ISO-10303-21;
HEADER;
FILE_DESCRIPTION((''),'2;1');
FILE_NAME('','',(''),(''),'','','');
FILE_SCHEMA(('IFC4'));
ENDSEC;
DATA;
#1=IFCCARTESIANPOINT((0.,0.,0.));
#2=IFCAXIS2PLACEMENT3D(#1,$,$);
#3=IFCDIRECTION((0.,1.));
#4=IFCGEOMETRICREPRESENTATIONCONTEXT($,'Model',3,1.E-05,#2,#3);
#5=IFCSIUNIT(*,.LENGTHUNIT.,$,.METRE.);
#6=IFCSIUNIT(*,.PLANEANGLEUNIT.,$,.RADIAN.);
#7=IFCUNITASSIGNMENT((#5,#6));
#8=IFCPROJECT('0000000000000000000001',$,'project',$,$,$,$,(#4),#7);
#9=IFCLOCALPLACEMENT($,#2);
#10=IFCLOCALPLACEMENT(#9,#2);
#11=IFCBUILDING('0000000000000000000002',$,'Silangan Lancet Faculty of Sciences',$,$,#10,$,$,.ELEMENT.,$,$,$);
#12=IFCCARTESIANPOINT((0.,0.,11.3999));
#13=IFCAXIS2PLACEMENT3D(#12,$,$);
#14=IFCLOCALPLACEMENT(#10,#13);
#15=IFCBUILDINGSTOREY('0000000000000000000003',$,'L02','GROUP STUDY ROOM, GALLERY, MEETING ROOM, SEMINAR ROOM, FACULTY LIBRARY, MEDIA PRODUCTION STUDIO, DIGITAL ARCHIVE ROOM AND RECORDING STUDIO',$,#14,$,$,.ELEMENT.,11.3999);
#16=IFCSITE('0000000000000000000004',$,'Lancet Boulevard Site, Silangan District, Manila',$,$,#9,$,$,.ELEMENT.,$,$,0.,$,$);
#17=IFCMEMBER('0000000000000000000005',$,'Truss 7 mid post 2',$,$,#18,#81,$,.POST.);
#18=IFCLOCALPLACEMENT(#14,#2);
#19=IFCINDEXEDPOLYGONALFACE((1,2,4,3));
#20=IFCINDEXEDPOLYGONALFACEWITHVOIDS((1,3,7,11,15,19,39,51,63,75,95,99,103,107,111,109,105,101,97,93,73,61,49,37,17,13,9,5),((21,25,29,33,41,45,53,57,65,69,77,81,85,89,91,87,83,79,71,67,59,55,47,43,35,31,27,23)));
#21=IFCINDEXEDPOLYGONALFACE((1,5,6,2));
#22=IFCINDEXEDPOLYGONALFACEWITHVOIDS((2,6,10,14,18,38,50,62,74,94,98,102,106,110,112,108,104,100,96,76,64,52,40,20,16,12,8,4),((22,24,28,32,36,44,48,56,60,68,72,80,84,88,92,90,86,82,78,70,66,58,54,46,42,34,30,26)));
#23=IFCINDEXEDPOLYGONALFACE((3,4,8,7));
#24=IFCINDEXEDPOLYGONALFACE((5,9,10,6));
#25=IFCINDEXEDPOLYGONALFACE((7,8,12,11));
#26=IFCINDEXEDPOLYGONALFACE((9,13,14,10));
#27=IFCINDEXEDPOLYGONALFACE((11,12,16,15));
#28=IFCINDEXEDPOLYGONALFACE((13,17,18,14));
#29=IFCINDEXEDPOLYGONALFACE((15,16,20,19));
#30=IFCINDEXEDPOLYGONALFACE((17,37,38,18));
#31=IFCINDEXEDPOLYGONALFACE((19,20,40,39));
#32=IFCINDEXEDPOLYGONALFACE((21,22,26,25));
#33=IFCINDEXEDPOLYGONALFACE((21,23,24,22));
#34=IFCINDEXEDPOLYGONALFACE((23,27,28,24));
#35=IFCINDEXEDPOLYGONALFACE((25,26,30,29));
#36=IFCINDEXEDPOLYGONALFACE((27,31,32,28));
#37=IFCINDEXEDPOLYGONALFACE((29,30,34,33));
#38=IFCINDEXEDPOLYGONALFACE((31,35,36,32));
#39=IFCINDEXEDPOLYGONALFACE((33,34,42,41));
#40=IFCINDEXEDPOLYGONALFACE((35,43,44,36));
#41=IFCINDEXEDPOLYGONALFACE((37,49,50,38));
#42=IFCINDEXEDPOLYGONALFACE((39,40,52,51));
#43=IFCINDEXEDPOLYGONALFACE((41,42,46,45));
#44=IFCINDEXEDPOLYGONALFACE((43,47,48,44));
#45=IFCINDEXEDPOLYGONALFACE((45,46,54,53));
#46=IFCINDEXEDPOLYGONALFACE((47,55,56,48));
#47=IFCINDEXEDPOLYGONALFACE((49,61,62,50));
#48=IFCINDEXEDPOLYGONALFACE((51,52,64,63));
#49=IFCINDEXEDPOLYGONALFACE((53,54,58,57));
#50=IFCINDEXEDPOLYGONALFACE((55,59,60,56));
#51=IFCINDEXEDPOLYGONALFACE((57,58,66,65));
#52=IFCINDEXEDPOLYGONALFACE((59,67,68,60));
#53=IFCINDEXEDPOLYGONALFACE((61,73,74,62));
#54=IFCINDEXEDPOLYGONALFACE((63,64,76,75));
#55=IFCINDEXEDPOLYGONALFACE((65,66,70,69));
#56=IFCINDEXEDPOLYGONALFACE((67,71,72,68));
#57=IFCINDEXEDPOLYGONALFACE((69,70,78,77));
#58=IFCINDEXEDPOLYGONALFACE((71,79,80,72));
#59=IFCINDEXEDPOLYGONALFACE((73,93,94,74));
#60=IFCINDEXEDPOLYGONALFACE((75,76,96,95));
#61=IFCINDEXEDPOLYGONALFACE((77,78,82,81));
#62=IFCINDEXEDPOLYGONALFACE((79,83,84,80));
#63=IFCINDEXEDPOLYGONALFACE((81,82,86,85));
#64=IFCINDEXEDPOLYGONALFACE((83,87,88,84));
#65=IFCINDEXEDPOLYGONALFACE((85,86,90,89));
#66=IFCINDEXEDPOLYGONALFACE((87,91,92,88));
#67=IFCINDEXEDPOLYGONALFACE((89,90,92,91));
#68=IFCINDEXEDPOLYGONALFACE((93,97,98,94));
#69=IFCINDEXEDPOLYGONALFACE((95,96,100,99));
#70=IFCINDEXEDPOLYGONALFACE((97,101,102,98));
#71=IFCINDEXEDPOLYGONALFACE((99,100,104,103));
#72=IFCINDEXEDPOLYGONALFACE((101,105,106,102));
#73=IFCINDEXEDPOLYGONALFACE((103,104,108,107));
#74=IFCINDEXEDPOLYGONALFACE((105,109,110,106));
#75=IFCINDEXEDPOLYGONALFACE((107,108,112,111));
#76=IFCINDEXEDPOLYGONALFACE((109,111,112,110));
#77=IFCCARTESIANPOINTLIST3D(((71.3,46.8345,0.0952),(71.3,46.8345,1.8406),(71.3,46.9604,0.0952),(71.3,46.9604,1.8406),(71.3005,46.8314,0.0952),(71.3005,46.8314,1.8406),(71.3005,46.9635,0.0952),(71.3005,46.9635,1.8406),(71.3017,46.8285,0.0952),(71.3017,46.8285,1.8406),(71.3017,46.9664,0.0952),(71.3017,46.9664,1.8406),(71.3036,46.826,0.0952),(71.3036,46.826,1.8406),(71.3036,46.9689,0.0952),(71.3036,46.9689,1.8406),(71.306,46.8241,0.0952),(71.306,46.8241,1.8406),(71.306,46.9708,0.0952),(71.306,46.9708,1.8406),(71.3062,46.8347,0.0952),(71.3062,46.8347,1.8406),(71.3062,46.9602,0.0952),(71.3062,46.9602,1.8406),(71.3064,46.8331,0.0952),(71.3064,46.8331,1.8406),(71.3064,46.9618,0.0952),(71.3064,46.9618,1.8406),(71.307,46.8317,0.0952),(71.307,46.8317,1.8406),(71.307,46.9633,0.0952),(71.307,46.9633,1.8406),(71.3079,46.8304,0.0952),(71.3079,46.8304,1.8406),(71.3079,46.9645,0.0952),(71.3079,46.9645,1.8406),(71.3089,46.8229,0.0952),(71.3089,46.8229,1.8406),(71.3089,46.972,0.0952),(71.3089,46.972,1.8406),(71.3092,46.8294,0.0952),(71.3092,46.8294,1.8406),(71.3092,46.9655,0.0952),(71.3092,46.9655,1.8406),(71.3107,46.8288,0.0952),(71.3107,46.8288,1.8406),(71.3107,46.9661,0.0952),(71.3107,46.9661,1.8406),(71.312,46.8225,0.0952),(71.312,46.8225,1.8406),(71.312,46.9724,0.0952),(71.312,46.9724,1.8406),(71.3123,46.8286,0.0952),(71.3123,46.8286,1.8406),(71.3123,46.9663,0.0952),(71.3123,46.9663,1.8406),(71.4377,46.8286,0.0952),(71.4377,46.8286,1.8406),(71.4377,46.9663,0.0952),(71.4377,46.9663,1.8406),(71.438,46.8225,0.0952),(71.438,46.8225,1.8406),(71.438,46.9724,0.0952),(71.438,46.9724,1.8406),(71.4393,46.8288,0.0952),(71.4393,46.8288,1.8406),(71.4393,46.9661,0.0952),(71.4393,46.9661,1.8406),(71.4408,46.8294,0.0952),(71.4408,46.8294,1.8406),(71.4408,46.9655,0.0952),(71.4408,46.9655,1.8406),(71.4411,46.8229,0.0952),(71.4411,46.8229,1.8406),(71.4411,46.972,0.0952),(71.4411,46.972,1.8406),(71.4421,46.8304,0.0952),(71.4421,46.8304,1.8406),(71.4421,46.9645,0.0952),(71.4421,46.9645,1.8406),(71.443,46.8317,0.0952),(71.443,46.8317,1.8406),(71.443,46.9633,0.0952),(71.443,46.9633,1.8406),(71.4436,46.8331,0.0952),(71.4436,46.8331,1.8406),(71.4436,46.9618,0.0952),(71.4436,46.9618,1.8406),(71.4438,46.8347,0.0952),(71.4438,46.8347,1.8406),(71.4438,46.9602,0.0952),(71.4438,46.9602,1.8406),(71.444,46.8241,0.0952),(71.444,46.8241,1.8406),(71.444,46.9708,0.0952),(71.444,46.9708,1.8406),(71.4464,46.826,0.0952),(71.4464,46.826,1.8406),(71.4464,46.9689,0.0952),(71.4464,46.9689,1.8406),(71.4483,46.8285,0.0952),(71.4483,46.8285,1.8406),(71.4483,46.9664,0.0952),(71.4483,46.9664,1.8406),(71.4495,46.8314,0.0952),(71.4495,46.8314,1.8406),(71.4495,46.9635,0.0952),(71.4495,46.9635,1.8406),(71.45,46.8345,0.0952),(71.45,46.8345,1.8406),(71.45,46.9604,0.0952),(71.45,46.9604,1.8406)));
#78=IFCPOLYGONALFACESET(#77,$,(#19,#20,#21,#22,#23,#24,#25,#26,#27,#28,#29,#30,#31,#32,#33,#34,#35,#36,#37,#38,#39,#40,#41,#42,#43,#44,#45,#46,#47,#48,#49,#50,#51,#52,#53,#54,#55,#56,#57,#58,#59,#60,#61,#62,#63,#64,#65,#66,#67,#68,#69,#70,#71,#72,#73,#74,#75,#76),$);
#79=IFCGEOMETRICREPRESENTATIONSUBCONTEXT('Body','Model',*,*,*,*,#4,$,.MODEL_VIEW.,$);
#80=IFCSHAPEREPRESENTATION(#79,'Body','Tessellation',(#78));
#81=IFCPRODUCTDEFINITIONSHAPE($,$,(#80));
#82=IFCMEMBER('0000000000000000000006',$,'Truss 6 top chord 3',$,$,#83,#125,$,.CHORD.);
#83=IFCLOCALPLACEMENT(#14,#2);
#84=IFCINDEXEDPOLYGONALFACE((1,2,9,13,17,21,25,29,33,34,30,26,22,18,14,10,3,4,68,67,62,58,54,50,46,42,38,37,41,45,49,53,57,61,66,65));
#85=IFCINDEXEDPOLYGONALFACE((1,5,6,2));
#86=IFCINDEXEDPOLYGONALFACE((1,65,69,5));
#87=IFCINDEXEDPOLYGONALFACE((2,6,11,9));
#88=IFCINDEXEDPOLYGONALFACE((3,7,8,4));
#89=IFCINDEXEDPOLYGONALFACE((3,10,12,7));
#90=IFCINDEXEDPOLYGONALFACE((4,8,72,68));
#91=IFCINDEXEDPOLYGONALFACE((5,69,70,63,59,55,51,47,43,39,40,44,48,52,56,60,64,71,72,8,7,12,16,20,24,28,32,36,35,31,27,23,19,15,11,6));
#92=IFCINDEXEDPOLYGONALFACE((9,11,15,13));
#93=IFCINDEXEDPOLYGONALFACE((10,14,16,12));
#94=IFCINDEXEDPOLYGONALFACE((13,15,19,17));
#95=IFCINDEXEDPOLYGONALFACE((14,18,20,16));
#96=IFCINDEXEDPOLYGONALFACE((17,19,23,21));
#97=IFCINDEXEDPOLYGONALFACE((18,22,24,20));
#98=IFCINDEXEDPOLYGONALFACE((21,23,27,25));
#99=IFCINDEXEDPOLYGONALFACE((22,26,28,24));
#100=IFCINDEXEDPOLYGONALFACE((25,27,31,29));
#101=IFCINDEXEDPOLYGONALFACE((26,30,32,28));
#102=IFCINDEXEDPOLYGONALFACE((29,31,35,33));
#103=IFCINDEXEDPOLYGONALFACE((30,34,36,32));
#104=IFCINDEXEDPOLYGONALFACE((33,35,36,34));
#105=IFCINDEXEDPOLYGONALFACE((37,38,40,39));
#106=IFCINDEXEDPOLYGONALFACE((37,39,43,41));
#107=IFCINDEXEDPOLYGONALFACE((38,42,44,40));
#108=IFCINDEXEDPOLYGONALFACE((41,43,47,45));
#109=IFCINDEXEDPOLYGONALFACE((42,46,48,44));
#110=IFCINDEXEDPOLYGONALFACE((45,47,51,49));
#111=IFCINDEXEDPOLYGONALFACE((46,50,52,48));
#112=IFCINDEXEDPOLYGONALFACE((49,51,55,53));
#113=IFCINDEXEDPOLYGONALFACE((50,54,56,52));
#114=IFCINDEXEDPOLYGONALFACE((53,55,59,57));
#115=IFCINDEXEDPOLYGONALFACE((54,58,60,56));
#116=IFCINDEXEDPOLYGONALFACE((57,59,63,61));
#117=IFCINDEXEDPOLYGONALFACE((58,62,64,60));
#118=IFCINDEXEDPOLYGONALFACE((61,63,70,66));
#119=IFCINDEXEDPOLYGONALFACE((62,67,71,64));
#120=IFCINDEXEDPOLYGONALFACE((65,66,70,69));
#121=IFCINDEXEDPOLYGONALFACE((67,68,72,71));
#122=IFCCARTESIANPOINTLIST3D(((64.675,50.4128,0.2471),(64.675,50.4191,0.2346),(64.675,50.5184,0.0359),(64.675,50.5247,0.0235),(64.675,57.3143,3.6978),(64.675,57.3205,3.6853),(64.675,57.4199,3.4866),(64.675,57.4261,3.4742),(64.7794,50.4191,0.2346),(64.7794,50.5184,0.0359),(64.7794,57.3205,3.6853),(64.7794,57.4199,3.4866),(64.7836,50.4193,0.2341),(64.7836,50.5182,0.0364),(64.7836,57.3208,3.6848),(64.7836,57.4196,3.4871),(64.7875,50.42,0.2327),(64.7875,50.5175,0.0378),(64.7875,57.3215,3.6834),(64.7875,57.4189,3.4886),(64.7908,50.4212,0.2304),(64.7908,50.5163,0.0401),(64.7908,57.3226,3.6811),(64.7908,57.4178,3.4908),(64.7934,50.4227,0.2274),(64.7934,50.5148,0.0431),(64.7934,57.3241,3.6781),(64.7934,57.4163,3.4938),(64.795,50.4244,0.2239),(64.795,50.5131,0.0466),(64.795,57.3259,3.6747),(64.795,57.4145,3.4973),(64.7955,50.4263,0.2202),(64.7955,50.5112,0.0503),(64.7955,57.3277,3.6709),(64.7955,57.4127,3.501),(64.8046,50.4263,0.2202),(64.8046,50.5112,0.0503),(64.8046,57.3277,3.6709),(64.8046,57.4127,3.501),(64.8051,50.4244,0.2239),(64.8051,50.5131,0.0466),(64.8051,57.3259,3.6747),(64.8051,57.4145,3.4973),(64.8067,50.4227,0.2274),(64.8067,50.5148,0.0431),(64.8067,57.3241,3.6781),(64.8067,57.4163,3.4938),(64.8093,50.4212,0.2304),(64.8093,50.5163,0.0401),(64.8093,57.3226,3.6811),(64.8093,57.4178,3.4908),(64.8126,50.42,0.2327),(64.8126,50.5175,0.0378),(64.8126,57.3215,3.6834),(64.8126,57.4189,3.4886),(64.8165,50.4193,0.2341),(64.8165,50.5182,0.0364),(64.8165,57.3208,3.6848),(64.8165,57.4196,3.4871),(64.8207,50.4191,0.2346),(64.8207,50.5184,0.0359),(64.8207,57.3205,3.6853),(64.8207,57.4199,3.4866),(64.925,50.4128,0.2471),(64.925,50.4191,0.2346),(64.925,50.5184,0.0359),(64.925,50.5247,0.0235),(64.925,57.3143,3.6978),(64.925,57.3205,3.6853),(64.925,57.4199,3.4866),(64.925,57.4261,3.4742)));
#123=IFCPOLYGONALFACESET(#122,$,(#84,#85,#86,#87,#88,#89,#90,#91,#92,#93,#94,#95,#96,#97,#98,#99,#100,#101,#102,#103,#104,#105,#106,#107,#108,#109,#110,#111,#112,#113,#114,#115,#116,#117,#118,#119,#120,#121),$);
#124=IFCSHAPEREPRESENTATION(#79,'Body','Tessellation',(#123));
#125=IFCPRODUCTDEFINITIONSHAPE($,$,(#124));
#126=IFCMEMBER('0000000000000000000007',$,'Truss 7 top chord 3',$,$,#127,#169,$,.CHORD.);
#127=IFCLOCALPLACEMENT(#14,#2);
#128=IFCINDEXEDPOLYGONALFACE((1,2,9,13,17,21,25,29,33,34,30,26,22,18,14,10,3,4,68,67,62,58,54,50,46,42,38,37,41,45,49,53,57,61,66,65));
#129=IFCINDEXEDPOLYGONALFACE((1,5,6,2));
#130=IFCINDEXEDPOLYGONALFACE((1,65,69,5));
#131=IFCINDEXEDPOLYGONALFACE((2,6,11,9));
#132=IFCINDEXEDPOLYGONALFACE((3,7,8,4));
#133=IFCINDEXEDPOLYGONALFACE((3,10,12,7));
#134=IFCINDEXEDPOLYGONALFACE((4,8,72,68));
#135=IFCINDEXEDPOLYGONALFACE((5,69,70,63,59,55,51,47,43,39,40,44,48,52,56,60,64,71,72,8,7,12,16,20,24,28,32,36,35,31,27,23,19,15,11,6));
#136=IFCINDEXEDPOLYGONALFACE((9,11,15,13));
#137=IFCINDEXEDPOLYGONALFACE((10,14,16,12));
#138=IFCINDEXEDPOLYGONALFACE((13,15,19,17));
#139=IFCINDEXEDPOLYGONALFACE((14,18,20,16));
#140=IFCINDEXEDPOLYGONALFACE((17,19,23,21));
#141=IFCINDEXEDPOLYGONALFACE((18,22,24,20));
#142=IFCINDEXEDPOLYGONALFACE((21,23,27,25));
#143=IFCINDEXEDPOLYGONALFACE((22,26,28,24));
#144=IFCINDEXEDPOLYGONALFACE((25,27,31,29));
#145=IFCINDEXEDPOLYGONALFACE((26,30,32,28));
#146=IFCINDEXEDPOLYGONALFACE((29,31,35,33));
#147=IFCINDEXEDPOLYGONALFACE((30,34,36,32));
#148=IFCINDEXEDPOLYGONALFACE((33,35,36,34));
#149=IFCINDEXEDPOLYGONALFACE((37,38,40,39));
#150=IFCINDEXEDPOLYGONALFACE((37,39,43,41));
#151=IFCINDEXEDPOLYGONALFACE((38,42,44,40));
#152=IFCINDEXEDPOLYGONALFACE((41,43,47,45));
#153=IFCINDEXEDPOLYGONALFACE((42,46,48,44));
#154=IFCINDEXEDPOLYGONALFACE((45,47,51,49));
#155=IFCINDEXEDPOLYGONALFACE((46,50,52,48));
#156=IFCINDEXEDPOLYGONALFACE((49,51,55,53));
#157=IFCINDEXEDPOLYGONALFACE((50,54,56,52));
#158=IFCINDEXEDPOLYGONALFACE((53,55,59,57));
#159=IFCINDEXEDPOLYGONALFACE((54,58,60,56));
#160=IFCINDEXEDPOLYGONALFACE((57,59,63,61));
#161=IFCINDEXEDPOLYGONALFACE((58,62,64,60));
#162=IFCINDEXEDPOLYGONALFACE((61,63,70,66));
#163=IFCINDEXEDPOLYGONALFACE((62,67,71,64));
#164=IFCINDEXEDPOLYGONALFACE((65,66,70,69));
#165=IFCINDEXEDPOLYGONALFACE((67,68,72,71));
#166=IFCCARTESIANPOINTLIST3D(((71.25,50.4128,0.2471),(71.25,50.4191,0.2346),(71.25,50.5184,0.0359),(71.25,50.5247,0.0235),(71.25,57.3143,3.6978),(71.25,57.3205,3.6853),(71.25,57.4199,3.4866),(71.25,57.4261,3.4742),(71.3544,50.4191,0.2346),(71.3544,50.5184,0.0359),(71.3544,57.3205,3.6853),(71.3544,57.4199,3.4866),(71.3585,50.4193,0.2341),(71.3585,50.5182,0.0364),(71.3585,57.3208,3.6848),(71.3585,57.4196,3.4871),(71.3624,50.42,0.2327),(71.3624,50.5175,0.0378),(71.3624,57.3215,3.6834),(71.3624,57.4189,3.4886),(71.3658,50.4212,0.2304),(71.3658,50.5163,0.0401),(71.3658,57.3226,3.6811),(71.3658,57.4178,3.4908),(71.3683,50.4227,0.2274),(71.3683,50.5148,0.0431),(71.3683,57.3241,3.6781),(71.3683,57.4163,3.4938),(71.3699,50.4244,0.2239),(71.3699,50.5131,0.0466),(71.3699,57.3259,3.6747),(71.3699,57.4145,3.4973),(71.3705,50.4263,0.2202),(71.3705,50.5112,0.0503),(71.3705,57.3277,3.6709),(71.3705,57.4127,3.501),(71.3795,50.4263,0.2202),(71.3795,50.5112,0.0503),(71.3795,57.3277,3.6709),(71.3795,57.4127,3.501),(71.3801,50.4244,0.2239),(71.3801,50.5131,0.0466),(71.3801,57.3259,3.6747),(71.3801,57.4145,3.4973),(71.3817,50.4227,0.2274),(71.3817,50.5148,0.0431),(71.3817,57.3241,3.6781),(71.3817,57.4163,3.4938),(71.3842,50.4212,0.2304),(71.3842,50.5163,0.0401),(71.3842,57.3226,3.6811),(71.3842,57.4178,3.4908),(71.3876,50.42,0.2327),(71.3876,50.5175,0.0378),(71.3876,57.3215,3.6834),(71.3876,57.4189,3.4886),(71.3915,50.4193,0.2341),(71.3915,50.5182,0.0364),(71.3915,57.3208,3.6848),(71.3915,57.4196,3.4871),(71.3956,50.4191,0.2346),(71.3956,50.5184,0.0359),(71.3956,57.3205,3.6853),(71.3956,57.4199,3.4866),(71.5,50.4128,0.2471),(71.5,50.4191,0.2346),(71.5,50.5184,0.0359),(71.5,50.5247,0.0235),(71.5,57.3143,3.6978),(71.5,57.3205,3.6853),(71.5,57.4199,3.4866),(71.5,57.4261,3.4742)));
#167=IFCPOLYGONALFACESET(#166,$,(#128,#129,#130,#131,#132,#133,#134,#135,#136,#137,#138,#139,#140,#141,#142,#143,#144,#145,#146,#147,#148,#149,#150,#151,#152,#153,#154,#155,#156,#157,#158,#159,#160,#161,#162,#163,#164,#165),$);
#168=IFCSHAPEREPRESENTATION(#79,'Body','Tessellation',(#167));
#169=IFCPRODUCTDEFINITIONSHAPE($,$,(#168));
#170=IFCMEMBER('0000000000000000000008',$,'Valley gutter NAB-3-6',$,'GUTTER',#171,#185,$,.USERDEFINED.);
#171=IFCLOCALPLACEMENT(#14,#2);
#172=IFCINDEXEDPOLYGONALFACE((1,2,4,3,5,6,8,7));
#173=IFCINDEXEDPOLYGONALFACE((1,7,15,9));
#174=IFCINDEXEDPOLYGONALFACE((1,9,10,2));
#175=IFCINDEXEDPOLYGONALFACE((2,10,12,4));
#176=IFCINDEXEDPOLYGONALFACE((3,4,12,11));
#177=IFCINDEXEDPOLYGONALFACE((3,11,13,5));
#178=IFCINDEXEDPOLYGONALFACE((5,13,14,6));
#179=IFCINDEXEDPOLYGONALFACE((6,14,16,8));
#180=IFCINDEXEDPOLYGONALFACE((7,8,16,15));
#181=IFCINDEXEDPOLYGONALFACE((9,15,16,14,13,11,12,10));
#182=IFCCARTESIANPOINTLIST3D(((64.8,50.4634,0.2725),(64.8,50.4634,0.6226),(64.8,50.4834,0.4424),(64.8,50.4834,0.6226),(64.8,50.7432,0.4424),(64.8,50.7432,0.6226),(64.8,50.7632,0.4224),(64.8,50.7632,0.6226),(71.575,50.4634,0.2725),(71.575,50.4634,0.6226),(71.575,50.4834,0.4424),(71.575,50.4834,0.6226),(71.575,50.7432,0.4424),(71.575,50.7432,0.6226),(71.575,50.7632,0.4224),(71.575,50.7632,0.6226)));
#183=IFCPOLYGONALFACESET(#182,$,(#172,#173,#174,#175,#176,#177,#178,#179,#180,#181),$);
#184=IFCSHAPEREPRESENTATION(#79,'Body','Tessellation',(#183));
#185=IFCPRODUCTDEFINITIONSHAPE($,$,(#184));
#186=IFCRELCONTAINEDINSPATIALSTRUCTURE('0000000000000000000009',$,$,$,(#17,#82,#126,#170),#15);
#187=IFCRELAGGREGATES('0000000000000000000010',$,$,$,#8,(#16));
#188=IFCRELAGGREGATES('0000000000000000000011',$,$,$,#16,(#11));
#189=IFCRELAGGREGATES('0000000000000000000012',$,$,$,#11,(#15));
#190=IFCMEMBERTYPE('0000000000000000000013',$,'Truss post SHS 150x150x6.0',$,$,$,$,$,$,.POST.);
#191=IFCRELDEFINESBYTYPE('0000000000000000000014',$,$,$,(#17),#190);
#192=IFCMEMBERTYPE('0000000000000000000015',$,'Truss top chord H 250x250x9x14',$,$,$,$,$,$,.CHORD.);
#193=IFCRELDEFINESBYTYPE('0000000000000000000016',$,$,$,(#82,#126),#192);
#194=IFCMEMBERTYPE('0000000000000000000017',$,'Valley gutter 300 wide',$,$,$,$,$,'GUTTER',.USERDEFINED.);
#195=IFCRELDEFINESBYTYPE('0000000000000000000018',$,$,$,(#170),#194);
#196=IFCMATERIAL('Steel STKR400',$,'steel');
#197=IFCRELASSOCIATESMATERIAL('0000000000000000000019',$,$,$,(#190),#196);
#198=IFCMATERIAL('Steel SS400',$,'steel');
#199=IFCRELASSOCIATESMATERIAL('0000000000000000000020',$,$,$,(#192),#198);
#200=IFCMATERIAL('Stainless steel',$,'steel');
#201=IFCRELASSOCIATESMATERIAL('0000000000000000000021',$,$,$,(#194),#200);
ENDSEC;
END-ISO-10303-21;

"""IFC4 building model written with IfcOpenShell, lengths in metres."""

from ifc_helpers import new_model, si_unit, direction, frame, origin, origin_2d, place, context, subcontext, project, spatial, polyline, hollow_rectangle, i_section, outline, extrude, material, material_profile, profile_set, type_object, element, save


model = new_model("IFC4")

# Units and contexts
model_context = context("Model", 3, precision=1e-05, world=origin(), true_north=direction((0.0, 1.0)))
body_context = subcontext(model_context, "Body", "Model", "MODEL_VIEW")
ifc_project = project(units=[si_unit("LENGTHUNIT", "METRE"), si_unit("PLANEANGLEUNIT", "RADIAN")], contexts=[model_context])

# Site, building, storey
site_placement = place(None, origin())
site = spatial("IfcSite", under=ifc_project, at=site_placement, Name="Lancet Boulevard Site, Silangan District, Manila", CompositionType="ELEMENT", RefElevation=0.0)
building_placement = place(site_placement, origin())
building = spatial("IfcBuilding", under=site, at=building_placement, Name="Silangan Lancet Faculty of Sciences", CompositionType="ELEMENT")
storey_placement = place(building_placement, frame((0.0, 0.0, 11.3999)))
storey = spatial("IfcBuildingStorey", under=building, at=storey_placement, Name="L02", Description="GROUP STUDY ROOM, GALLERY, MEETING ROOM, SEMINAR ROOM, FACULTY LIBRARY, MEDIA PRODUCTION STUDIO, DIGITAL ARCHIVE ROOM AND RECORDING STUDIO", CompositionType="ELEMENT", Elevation=11.3999)

# Members
ifc_material_1 = material(Name="Steel STKR400", Category="steel")
ifc_material_profile_1 = material_profile(ifc_material_1, hollow_rectangle(XDim=0.1499, YDim=0.1499, WallThickness=0.0061, InnerFilletRadius=0.0061, OuterFilletRadius=0.012, at=origin_2d()), Name="SHS 150x150x6.0")
ifc_profile_set_1 = profile_set([ifc_material_profile_1], Name="Steel STKR400")
member_type_1 = type_object("IfcMemberType", Name="Truss post SHS 150x150x6.0", PredefinedType="POST", material=ifc_profile_set_1)
member_1_placement = place(storey_placement, frame((71.375, 46.8975, 0.0952), z_axis=(0.0, 0.0, 1.0), x_axis=(1.0, 0.0, 0.0)))
element("IfcMember", 1, at=member_1_placement, inside=storey, type_object=member_type_1, Name="Truss 7 mid post 2", PredefinedType="POST", context=body_context, shape_type="SweptSolid", body=[
    extrude(hollow_rectangle(XDim=0.1499, YDim=0.1499, WallThickness=0.0061, InnerFilletRadius=0.0061, OuterFilletRadius=0.012, at=origin_2d()), origin(), (0.0, 0.0, 1.0), 1.7454),
])
ifc_material_2 = material(Name="Steel SS400", Category="steel")
ifc_material_profile_2 = material_profile(ifc_material_2, i_section(OverallWidth=0.25, OverallDepth=0.25, WebThickness=0.009, FlangeThickness=0.0139, FilletRadius=0.0161, at=origin_2d()), Name="H 250x250x9x14")
ifc_profile_set_2 = profile_set([ifc_material_profile_2], Name="Steel SS400")
member_type_2 = type_object("IfcMemberType", Name="Truss top chord H 250x250x9x14", PredefinedType="CHORD", material=ifc_profile_set_2)
for number, where, z_axis, x_axis, name in (
    (2, (64.8, 50.4688, 0.1353), (0.0, 0.894427, 0.447214), (-1.0, 0.0, 0.0), "Truss 6 top chord 3"),
    (3, (71.375, 50.4688, 0.1353), (0.0, 0.894427, 0.447214), (-1.0, 0.0, 0.0), "Truss 7 top chord 3"),
):
    element("IfcMember", number, at=place(storey_placement, frame(where, z_axis=z_axis, x_axis=x_axis)), inside=storey, type_object=member_type_2, Name=name, PredefinedType="CHORD", context=body_context, shape_type="SweptSolid", body=[
        extrude(i_section(OverallWidth=0.25, OverallDepth=0.25, WebThickness=0.009, FlangeThickness=0.0139, FilletRadius=0.0161, at=origin_2d()), origin(), (0.0, 0.0, 1.0), 7.7161),
    ])
ifc_material_3 = material(Name="Stainless steel", Category="steel")
ifc_material_profile_3 = material_profile(ifc_material_3, outline(polyline([(-0.1499, 0.0), (0.1499, 0.1499), (0.1499, 0.3501), (0.1299, 0.3501), (0.1299, 0.1699), (-0.1299, 0.1699), (-0.1299, 0.3501), (-0.1499, 0.3501), (-0.1499, 0.0)])), Name="valley gutter")
ifc_profile_set_3 = profile_set([ifc_material_profile_3], Name="Stainless steel")
member_type_3 = type_object("IfcMemberType", Name="Valley gutter 300 wide", ElementType="GUTTER", PredefinedType="USERDEFINED", material=ifc_profile_set_3)
member_2_placement = place(storey_placement, frame((64.8, 50.6133, 0.2725), z_axis=(1.0, 0.0, 0.0), x_axis=(0.0, 1.0, 0.0)))
element("IfcMember", 4, at=member_2_placement, inside=storey, type_object=member_type_3, Name="Valley gutter NAB-3-6", ObjectType="GUTTER", PredefinedType="USERDEFINED", context=body_context, shape_type="SweptSolid", body=[
    extrude(outline(polyline([(-0.1499, 0.0), (0.1499, 0.1499), (0.1499, 0.3501), (0.1299, 0.3501), (0.1299, 0.1699), (-0.1299, 0.1699), (-0.1299, 0.3501), (-0.1499, 0.3501), (-0.1499, 0.0)])), origin(), (0.0, 0.0, 1.0), 6.7749),
])

save(model, "model.ifc")
